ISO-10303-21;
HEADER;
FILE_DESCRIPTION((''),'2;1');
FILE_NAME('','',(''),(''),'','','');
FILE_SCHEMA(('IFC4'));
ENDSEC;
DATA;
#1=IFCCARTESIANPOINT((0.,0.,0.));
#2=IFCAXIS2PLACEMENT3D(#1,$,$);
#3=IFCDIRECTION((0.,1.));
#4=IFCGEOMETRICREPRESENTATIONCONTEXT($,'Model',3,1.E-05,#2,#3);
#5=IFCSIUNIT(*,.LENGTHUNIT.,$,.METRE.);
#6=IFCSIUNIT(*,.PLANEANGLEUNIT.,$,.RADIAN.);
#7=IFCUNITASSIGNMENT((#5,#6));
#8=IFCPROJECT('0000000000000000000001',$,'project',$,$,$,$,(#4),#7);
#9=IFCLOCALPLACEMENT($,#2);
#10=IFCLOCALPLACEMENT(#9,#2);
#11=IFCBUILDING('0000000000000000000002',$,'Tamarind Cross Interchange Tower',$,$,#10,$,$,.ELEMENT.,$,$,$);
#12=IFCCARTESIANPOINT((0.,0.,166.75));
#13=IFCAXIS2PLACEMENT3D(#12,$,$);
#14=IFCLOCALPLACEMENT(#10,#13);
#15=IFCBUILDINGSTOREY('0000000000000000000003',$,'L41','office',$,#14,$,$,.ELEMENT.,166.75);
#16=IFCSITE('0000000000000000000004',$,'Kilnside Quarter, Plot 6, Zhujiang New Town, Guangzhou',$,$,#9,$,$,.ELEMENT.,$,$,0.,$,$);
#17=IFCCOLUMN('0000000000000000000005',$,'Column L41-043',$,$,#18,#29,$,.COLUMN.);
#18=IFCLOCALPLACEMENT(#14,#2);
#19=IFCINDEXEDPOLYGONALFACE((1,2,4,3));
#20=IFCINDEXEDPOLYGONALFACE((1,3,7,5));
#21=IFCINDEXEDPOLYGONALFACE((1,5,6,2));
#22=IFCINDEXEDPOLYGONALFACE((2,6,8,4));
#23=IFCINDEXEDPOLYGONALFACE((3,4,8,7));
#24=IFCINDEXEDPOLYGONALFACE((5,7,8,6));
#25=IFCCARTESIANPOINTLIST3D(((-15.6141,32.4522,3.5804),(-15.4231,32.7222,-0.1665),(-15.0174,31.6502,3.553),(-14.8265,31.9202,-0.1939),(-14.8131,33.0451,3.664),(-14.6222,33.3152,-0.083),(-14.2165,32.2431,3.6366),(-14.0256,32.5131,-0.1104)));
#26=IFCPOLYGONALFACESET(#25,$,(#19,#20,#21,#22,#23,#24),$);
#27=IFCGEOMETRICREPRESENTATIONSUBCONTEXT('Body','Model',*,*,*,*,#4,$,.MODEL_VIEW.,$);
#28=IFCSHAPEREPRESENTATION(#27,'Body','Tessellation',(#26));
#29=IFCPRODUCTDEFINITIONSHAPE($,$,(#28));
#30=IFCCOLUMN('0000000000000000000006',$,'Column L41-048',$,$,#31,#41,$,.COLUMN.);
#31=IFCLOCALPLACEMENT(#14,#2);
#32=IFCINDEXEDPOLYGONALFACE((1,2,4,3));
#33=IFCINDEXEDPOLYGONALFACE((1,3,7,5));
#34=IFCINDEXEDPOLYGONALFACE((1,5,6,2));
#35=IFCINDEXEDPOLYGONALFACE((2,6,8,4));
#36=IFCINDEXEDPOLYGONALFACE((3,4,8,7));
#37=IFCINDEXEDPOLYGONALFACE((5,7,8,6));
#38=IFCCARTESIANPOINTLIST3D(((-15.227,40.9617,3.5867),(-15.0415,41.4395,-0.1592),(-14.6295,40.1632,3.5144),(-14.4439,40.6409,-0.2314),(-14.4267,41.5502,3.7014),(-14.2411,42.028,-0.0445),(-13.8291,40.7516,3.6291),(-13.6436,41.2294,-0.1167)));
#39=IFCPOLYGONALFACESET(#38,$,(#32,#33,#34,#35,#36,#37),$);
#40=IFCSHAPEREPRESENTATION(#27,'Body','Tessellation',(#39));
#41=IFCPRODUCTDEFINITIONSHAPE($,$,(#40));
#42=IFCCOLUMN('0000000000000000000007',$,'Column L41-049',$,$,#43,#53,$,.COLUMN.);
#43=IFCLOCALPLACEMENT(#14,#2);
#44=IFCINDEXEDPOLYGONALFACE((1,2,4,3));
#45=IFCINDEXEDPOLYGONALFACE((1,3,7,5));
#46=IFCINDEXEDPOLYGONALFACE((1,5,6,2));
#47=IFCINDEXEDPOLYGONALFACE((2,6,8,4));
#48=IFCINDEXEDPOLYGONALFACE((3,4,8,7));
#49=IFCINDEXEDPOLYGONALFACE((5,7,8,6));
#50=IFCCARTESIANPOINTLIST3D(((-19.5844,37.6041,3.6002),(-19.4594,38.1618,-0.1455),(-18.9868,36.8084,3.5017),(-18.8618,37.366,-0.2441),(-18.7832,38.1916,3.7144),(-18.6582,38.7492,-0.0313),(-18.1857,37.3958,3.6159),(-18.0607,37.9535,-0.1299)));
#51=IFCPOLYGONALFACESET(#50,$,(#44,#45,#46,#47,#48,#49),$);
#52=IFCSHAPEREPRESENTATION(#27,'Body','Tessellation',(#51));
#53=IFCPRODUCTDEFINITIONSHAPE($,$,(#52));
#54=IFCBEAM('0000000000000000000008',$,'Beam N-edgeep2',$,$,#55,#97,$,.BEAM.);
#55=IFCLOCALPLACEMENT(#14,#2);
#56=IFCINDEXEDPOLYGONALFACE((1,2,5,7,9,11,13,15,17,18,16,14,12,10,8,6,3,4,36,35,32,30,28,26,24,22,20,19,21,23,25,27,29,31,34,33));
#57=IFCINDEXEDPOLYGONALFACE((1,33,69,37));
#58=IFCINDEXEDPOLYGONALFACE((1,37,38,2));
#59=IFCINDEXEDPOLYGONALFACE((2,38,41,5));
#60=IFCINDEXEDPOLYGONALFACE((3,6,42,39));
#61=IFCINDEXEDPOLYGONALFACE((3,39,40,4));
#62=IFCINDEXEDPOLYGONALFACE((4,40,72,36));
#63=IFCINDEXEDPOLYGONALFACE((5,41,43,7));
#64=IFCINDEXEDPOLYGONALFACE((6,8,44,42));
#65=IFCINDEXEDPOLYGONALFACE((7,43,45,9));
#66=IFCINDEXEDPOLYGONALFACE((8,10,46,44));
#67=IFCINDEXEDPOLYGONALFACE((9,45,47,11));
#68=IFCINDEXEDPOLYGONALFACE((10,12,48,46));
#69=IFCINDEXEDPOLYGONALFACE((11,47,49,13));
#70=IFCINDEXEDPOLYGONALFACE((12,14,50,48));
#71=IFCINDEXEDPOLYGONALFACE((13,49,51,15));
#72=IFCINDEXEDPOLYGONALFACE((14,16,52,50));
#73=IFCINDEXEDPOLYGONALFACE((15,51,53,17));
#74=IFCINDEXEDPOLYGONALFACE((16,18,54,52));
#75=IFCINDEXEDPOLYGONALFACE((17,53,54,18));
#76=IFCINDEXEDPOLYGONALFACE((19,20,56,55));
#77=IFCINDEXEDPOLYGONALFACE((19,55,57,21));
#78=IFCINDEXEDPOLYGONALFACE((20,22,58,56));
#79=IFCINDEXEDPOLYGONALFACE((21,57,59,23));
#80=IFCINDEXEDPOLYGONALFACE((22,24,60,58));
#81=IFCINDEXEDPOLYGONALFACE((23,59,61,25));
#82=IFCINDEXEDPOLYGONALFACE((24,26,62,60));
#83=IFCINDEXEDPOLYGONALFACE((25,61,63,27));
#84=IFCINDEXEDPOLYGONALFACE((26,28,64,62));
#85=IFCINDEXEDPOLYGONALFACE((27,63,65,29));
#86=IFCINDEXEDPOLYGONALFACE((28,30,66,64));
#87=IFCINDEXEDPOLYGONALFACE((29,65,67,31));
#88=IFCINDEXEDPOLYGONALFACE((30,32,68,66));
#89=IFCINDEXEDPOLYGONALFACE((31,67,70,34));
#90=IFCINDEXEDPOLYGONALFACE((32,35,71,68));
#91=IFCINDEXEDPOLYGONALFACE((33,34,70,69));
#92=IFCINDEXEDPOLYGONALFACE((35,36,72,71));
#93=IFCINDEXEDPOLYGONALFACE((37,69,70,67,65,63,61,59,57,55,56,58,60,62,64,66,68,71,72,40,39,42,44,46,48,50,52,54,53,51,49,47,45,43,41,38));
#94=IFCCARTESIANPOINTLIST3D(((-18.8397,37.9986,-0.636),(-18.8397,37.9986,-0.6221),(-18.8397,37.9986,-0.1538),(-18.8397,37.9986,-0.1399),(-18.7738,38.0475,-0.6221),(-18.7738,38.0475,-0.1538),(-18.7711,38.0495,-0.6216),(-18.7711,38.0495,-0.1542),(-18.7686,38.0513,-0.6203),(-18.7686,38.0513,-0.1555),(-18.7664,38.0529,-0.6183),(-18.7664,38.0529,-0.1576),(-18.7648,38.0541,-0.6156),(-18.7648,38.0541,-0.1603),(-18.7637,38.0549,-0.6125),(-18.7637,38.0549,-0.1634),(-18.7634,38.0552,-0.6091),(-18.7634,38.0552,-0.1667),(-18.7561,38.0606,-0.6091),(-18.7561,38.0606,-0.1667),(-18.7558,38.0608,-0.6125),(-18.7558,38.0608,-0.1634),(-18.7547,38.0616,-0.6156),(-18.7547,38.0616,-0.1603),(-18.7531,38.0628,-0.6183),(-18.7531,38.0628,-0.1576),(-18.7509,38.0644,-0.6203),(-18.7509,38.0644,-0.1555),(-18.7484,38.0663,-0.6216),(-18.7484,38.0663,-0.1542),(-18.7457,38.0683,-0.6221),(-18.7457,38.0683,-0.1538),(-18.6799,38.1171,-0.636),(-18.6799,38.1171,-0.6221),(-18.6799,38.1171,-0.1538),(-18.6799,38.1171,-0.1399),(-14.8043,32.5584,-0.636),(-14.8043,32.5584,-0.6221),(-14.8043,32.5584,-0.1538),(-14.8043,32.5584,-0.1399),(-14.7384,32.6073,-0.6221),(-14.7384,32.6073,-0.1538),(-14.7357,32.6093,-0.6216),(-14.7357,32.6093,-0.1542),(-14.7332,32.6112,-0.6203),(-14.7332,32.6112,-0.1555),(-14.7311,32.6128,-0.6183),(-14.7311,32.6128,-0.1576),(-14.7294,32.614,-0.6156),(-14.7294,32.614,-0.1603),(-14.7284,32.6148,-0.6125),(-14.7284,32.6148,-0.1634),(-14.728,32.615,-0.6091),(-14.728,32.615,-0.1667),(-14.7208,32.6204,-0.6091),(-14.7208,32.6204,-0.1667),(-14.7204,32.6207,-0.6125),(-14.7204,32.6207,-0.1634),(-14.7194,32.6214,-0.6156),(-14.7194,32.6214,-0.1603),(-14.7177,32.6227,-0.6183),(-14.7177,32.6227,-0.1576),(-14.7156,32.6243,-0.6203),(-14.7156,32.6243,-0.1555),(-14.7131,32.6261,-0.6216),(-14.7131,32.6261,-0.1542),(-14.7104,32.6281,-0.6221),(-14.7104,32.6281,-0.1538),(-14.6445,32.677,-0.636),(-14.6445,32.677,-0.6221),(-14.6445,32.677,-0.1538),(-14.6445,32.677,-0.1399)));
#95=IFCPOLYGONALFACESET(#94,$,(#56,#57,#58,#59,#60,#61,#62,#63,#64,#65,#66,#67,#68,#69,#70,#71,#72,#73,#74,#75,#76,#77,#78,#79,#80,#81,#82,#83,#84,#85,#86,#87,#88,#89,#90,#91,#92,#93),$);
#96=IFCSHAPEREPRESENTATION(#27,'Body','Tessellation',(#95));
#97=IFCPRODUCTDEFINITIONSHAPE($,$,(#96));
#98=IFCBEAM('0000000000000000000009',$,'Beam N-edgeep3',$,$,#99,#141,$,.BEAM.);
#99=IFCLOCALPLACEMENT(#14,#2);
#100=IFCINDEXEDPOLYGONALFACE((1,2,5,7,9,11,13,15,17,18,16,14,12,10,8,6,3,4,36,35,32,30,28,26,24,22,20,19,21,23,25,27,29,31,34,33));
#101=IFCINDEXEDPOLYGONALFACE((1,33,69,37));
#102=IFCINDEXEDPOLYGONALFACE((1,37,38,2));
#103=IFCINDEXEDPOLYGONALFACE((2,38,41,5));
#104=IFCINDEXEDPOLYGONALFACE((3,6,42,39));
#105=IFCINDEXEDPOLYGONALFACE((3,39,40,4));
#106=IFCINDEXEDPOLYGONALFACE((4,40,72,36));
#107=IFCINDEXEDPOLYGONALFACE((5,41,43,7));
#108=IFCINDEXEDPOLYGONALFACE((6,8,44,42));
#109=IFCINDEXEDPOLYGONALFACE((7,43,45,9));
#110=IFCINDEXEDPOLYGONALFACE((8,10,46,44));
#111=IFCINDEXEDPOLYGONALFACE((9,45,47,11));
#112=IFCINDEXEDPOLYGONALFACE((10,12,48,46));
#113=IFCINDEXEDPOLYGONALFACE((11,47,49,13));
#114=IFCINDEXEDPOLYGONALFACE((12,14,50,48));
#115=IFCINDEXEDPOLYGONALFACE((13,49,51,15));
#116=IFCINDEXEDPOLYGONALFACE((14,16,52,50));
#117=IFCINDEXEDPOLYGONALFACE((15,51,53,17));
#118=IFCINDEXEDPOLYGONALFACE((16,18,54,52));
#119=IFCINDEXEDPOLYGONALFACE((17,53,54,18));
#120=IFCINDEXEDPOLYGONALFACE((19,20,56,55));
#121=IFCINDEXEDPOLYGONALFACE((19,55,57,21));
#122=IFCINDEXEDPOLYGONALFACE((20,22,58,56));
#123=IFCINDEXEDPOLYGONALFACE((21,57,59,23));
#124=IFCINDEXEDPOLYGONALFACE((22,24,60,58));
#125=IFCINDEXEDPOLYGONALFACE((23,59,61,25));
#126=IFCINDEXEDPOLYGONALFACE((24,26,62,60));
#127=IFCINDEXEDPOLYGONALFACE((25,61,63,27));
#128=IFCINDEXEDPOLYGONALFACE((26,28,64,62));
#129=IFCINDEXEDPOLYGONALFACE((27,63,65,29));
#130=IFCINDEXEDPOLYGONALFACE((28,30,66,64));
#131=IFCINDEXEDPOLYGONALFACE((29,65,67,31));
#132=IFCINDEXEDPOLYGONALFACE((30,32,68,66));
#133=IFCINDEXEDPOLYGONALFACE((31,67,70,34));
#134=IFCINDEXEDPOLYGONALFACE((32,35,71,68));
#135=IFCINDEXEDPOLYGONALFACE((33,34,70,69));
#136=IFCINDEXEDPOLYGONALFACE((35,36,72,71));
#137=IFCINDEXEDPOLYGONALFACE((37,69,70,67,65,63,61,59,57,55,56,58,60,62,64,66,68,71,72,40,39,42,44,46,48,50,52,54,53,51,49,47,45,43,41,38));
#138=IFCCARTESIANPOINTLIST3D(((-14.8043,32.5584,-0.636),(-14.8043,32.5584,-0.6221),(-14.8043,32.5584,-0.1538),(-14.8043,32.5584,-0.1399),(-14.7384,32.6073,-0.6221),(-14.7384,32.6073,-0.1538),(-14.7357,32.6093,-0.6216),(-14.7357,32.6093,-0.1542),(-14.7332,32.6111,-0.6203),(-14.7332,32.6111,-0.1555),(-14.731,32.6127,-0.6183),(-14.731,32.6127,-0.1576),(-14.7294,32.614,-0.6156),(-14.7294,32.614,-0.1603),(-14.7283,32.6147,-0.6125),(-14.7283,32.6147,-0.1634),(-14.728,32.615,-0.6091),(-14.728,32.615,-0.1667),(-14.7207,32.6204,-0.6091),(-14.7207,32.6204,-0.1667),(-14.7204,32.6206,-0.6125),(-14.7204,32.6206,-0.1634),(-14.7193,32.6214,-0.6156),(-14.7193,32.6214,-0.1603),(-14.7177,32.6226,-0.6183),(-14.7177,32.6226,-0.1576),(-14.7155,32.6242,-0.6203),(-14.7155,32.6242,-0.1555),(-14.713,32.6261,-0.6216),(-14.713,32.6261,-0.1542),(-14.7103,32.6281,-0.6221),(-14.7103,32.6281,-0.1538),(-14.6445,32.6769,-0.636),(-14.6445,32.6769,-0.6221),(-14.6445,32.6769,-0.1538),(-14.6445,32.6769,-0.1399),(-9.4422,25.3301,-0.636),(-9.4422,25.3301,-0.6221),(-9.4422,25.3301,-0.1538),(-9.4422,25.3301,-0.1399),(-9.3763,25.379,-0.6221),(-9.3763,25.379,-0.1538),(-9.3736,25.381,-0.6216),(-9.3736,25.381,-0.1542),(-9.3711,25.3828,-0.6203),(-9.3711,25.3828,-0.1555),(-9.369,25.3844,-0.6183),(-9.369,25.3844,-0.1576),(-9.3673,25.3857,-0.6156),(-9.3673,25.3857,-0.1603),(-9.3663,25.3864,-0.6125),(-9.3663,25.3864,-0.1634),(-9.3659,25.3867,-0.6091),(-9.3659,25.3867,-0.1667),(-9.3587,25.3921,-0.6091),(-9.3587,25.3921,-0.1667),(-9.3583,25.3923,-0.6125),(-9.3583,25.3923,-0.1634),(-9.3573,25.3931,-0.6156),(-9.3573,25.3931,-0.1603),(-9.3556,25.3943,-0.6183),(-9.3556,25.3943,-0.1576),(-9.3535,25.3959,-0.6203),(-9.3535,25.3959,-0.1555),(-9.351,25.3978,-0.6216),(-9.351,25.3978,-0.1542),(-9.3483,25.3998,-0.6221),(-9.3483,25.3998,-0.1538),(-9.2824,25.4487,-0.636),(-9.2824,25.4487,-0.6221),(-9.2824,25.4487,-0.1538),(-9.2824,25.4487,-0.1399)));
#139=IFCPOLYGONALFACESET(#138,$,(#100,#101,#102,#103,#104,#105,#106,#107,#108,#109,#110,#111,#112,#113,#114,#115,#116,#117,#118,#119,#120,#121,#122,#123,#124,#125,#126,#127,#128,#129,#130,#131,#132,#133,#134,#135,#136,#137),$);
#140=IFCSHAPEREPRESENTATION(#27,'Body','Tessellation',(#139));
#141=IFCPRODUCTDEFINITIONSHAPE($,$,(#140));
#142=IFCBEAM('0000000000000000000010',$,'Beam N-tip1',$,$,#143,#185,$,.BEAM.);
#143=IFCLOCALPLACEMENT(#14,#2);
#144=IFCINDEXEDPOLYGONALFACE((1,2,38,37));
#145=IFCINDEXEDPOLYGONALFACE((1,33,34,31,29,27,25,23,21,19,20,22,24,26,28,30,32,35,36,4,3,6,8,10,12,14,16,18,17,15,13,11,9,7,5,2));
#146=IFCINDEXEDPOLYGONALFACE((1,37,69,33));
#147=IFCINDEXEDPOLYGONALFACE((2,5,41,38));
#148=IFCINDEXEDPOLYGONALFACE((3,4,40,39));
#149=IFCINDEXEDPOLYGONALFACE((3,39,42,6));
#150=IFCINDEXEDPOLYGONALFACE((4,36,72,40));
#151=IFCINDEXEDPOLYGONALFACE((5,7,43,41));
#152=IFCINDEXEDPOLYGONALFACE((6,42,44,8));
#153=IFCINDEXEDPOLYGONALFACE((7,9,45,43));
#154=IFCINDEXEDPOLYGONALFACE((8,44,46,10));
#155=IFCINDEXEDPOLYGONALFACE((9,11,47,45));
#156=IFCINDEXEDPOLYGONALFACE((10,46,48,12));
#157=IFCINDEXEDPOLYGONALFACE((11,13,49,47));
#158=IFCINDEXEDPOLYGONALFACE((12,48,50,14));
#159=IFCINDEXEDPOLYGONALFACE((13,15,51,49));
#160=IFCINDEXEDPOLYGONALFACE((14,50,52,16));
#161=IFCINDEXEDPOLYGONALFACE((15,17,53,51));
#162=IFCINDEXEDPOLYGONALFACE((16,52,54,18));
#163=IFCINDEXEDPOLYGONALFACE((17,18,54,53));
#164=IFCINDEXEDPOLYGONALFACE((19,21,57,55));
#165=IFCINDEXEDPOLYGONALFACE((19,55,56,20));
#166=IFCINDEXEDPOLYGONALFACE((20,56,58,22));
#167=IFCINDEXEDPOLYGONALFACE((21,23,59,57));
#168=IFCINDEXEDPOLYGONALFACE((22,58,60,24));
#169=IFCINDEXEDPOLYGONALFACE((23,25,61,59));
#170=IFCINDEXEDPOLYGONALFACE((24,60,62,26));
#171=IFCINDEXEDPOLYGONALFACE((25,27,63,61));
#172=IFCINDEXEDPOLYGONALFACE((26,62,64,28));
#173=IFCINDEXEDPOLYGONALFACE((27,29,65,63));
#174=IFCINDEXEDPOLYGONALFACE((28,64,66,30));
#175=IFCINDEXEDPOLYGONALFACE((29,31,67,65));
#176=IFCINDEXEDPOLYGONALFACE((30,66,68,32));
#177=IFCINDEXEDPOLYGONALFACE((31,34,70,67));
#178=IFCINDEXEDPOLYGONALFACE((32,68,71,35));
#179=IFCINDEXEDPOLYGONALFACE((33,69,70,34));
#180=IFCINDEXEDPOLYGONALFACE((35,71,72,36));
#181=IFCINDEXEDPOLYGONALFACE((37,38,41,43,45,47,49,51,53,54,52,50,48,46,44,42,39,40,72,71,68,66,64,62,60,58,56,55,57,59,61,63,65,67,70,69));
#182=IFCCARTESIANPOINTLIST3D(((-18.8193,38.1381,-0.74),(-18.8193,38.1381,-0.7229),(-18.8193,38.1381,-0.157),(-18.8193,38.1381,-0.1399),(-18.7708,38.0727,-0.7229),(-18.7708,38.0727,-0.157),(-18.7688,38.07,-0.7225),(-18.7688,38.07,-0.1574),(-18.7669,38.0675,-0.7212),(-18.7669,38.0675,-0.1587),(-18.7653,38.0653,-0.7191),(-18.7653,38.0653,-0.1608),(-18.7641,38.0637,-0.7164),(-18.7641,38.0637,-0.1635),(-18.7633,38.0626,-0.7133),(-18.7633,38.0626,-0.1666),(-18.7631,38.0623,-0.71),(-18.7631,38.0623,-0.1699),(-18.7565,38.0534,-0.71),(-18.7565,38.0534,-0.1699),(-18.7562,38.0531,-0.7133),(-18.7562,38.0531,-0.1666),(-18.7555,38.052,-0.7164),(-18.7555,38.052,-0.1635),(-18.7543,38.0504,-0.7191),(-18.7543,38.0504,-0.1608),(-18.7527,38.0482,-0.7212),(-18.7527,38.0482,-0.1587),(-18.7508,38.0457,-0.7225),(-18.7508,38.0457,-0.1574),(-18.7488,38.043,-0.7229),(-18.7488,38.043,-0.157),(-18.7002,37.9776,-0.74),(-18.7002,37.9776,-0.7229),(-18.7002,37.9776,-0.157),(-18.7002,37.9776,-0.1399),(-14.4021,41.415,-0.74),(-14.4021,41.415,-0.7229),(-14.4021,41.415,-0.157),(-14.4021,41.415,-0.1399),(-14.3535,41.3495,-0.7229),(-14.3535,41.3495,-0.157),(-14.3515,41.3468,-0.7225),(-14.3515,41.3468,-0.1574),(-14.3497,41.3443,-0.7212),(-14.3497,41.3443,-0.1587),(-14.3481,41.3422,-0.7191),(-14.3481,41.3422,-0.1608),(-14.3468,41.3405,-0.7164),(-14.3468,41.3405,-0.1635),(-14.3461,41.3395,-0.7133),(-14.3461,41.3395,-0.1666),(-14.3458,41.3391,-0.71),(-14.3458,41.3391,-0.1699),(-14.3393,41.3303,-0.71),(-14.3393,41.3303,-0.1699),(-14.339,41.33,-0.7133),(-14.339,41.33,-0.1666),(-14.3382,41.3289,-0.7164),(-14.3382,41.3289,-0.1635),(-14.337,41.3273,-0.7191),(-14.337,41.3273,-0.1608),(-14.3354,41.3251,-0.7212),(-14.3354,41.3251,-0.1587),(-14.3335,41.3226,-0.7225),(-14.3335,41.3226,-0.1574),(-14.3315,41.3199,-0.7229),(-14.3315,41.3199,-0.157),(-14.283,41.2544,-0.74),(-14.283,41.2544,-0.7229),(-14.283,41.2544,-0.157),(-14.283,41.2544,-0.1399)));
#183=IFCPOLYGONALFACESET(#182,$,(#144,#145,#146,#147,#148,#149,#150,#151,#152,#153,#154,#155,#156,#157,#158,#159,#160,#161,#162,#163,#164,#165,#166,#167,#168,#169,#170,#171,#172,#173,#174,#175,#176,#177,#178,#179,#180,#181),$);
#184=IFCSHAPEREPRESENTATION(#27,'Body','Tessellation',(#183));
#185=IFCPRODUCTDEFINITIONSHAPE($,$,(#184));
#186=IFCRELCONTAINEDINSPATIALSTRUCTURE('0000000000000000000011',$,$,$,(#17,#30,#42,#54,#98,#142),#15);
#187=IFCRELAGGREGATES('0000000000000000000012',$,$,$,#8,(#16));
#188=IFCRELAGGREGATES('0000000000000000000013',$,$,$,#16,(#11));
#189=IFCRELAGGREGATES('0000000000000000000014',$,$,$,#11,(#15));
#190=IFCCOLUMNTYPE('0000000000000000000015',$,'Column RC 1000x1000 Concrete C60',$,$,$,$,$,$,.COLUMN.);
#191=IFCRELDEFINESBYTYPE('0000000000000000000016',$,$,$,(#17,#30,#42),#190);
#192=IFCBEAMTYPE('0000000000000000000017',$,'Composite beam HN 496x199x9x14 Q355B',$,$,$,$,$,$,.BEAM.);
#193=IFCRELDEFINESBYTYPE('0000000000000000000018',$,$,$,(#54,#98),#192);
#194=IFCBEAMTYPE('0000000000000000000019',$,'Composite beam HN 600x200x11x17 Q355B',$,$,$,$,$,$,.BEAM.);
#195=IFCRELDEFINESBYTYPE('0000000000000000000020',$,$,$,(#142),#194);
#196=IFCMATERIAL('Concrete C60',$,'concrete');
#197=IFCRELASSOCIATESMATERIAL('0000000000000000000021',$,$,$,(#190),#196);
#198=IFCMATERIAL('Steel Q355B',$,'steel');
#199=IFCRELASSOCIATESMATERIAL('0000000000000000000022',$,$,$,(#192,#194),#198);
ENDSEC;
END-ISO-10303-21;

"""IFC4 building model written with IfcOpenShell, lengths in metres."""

from ifc_helpers import new_model, si_unit, direction, frame, origin, origin_2d, place, context, subcontext, project, spatial, rectangle, i_section, extrude, material, material_profile, profile_set, type_object, element, save


model = new_model("IFC4")

# Units and contexts
model_context = context("Model", 3, precision=1e-05, world=origin(), true_north=direction((0.0, 1.0)))
body_context = subcontext(model_context, "Body", "Model", "MODEL_VIEW")
ifc_project = project(units=[si_unit("LENGTHUNIT", "METRE"), si_unit("PLANEANGLEUNIT", "RADIAN")], contexts=[model_context])

# Site, building, storey
site_placement = place(None, origin())
site = spatial("IfcSite", under=ifc_project, at=site_placement, Name="Kilnside Quarter, Plot 6, Zhujiang New Town, Guangzhou", CompositionType="ELEMENT", RefElevation=0.0)
building_placement = place(site_placement, origin())
building = spatial("IfcBuilding", under=site, at=building_placement, Name="Tamarind Cross Interchange Tower", CompositionType="ELEMENT")
storey_placement = place(building_placement, frame((0.0, 0.0, 166.75)))
storey = spatial("IfcBuildingStorey", under=building, at=storey_placement, Name="L41", Description="office", CompositionType="ELEMENT", Elevation=166.75)

# Columns
ifc_material_1 = material(Name="Concrete C60", Category="concrete")
ifc_material_profile_1 = material_profile(ifc_material_1, rectangle(XDim=1.0, YDim=1.0, at=origin_2d()), Name="RC 1000x1000")
ifc_profile_set_1 = profile_set([ifc_material_profile_1], Name="Concrete C60")
column_type = type_object("IfcColumnType", Name="Column RC 1000x1000 Concrete C60", PredefinedType="COLUMN", material=ifc_profile_set_1)
column_1_placement = place(storey_placement, frame((-14.7244, 32.6177, -0.1384), z_axis=(-0.050757, -0.071787, 0.996128), x_axis=(0.800913, 0.592924, 0.08354)))
element("IfcColumn", 1, at=column_1_placement, inside=storey, type_object=column_type, Name="Column L41-043", PredefinedType="COLUMN", context=body_context, shape_type="SweptSolid", body=[
    extrude(rectangle(XDim=1.0, YDim=1.0, at=origin_2d()), origin(), (0.0, 0.0, 1.0), 3.7615),
])
column_2_placement = place(storey_placement, frame((-14.3425, 41.3345, -0.1379), z_axis=(-0.049077, -0.126372, 0.990768), x_axis=(0.800335, 0.588479, 0.114704)))
element("IfcColumn", 2, at=column_2_placement, inside=storey, type_object=column_type, Name="Column L41-048", PredefinedType="COLUMN", context=body_context, shape_type="SweptSolid", body=[
    extrude(rectangle(XDim=1.0, YDim=1.0, at=origin_2d()), origin(), (0.0, 0.0, 1.0), 3.7808),
])
column_3_placement = place(storey_placement, frame((-18.76, 38.0576, -0.1377), z_axis=(-0.032991, -0.147169, 0.988561), x_axis=(0.80117, 0.587441, 0.114191)))
element("IfcColumn", 3, at=column_3_placement, inside=storey, type_object=column_type, Name="Column L41-049", PredefinedType="COLUMN", context=body_context, shape_type="SweptSolid", body=[
    extrude(rectangle(XDim=1.0, YDim=1.0, at=origin_2d()), origin(), (0.0, 0.0, 1.0), 3.7891),
])

# Beams
ifc_material_2 = material(Name="Steel Q355B", Category="steel")
ifc_material_profile_2 = material_profile(ifc_material_2, i_section(OverallWidth=0.199, OverallDepth=0.4961, WebThickness=0.009, FlangeThickness=0.0139, FilletRadius=0.0129, at=origin_2d()), Name="HN 496x199x9x14")
ifc_profile_set_2 = profile_set([ifc_material_profile_2], Name="Steel Q355B")
beam_type_1 = type_object("IfcBeamType", Name="Composite beam HN 496x199x9x14 Q355B", PredefinedType="BEAM", material=ifc_profile_set_2)
beam_1_placement = place(storey_placement, frame((-18.7598, 38.0579, -0.3879), z_axis=(0.595764, -0.803159, 0.0), x_axis=(0.803159, 0.595764, 0.0)))
element("IfcBeam", 4, at=beam_1_placement, inside=storey, type_object=beam_type_1, Name="Beam N-edgeep2", PredefinedType="BEAM", context=body_context, shape_type="SweptSolid", body=[
    extrude(i_section(OverallWidth=0.199, OverallDepth=0.4961, WebThickness=0.009, FlangeThickness=0.0139, FilletRadius=0.0129, at=origin_2d()), origin(), (0.0, 0.0, 1.0), 6.7734),
])
beam_2_placement = place(storey_placement, frame((-14.7244, 32.6177, -0.3879), z_axis=(0.595786, -0.803143, 0.0), x_axis=(0.803143, 0.595786, 0.0)))
element("IfcBeam", 5, at=beam_2_placement, inside=storey, type_object=beam_type_1, Name="Beam N-edgeep3", PredefinedType="BEAM", context=body_context, shape_type="SweptSolid", body=[
    extrude(i_section(OverallWidth=0.199, OverallDepth=0.4961, WebThickness=0.009, FlangeThickness=0.0139, FilletRadius=0.0129, at=origin_2d()), origin(), (0.0, 0.0, 1.0), 9.0),
])
ifc_material_profile_3 = material_profile(ifc_material_2, i_section(OverallWidth=0.2, OverallDepth=0.6001, WebThickness=0.011, FlangeThickness=0.0171, FilletRadius=0.0129, at=origin_2d()), Name="HN 600x200x11x17")
ifc_profile_set_3 = profile_set([ifc_material_profile_3], Name="Steel Q355B")
beam_type_2 = type_object("IfcBeamType", Name="Composite beam HN 600x200x11x17 Q355B", PredefinedType="BEAM", material=ifc_profile_set_3)
beam_3_placement = place(storey_placement, frame((-14.3425, 41.3347, -0.4399), z_axis=(-0.803137, -0.595794, 0.0), x_axis=(0.595794, -0.803137, 0.0)))
element("IfcBeam", 6, at=beam_3_placement, inside=storey, type_object=beam_type_2, Name="Beam N-tip1", PredefinedType="BEAM", context=body_context, shape_type="SweptSolid", body=[
    extrude(i_section(OverallWidth=0.2, OverallDepth=0.6001, WebThickness=0.011, FlangeThickness=0.0171, FilletRadius=0.0129, at=origin_2d()), origin(), (0.0, 0.0, 1.0), 5.5),
])

save(model, "model.ifc")
